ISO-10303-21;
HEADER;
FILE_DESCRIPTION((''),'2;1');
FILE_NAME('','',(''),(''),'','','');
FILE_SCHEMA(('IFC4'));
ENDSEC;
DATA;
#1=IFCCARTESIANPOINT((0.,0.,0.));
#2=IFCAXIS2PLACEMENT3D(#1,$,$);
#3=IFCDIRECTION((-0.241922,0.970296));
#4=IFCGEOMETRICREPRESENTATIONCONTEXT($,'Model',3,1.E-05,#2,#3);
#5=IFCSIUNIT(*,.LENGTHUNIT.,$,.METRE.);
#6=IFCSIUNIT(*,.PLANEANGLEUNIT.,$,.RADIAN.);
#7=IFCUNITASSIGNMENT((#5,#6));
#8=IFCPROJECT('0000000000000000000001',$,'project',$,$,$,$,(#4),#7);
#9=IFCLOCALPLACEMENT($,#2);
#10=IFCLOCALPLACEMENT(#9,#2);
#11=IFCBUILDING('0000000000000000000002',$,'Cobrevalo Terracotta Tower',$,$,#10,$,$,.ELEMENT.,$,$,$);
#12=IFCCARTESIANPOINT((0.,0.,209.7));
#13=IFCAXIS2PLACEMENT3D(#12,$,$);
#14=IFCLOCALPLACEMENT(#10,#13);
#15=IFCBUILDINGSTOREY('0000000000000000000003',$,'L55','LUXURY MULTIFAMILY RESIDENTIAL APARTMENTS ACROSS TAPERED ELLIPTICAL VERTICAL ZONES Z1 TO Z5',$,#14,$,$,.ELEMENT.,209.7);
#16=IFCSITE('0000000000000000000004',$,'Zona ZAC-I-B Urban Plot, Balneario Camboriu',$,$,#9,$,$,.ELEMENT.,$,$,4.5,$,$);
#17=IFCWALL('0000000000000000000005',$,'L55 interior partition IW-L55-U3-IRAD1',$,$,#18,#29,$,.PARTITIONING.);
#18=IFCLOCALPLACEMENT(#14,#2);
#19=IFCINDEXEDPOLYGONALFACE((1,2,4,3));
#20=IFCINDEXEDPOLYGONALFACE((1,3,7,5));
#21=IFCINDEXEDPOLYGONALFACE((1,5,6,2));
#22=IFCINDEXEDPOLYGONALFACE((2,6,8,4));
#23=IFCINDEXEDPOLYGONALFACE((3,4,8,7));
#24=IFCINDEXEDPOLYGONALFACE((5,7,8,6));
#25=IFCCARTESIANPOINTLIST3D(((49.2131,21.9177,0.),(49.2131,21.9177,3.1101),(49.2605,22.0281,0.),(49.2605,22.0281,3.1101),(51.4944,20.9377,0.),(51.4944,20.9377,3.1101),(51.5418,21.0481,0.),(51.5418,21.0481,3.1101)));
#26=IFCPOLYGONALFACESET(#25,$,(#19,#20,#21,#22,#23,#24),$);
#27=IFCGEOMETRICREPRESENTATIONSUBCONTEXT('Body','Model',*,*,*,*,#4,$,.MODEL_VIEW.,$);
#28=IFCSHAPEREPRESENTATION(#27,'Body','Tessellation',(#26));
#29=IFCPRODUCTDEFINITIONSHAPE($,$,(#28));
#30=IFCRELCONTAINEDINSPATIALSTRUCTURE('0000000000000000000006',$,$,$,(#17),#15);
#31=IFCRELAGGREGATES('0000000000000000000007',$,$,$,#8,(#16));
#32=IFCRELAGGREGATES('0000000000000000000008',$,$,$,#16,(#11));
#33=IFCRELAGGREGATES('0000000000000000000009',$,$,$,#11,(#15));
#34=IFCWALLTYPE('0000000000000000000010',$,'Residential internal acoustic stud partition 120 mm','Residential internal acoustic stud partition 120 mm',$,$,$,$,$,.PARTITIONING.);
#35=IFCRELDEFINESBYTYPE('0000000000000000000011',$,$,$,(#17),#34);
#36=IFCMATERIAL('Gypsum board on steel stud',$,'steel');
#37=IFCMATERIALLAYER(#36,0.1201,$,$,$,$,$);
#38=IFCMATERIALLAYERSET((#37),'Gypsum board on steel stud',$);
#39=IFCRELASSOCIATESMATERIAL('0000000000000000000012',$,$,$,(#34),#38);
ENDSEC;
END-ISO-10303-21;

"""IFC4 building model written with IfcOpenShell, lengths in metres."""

from ifc_helpers import new_model, si_unit, direction, frame, frame_2d, origin, place, context, subcontext, project, spatial, rectangle, extrude, material, layer, layer_set, type_object, element, save


model = new_model("IFC4")

# Units and contexts
model_context = context("Model", 3, precision=1e-05, world=origin(), true_north=direction((-0.241922, 0.970296)))
body_context = subcontext(model_context, "Body", "Model", "MODEL_VIEW")
ifc_project = project(units=[si_unit("LENGTHUNIT", "METRE"), si_unit("PLANEANGLEUNIT", "RADIAN")], contexts=[model_context])

# Site, building, storey
site_placement = place(None, origin())
site = spatial("IfcSite", under=ifc_project, at=site_placement, Name="Zona ZAC-I-B Urban Plot, Balneario Camboriu", CompositionType="ELEMENT", RefElevation=4.5)
building_placement = place(site_placement, origin())
building = spatial("IfcBuilding", under=site, at=building_placement, Name="Cobrevalo Terracotta Tower", CompositionType="ELEMENT")
storey_placement = place(building_placement, frame((0.0, 0.0, 209.7)))
storey = spatial("IfcBuildingStorey", under=building, at=storey_placement, Name="L55", Description="LUXURY MULTIFAMILY RESIDENTIAL APARTMENTS ACROSS TAPERED ELLIPTICAL VERTICAL ZONES Z1 TO Z5", CompositionType="ELEMENT", Elevation=209.7)

# Shared definitions
ifc_material_1 = material(Name="Gypsum board on steel stud", Category="steel")

# Wall
ifc_layer_1 = layer(ifc_material_1, 0.1201)
ifc_layer_set_1 = layer_set([ifc_layer_1], Name="Gypsum board on steel stud")
wall_type_1 = type_object("IfcWallType", Name="Residential internal acoustic stud partition 120 mm", Description="Residential internal acoustic stud partition 120 mm", PredefinedType="PARTITIONING", material=ifc_layer_set_1)
wall_1_placement = place(storey_placement, frame((49.2368, 21.9729, 0.0), z_axis=(0.0, 0.0, 1.0), x_axis=(0.918809, -0.394702, 0.0)))
element("IfcWall", 1, at=wall_1_placement, inside=storey, type_object=wall_type_1, Name="L55 interior partition IW-L55-U3-IRAD1", PredefinedType="PARTITIONING", context=body_context, shape_type="SweptSolid", body=[
    extrude(rectangle(XDim=2.4829, YDim=0.1201, at=frame_2d((1.2415, 0.0))), origin(), (0.0, 0.0, 1.0), 3.1101),
])

save(model, "model.ifc")
